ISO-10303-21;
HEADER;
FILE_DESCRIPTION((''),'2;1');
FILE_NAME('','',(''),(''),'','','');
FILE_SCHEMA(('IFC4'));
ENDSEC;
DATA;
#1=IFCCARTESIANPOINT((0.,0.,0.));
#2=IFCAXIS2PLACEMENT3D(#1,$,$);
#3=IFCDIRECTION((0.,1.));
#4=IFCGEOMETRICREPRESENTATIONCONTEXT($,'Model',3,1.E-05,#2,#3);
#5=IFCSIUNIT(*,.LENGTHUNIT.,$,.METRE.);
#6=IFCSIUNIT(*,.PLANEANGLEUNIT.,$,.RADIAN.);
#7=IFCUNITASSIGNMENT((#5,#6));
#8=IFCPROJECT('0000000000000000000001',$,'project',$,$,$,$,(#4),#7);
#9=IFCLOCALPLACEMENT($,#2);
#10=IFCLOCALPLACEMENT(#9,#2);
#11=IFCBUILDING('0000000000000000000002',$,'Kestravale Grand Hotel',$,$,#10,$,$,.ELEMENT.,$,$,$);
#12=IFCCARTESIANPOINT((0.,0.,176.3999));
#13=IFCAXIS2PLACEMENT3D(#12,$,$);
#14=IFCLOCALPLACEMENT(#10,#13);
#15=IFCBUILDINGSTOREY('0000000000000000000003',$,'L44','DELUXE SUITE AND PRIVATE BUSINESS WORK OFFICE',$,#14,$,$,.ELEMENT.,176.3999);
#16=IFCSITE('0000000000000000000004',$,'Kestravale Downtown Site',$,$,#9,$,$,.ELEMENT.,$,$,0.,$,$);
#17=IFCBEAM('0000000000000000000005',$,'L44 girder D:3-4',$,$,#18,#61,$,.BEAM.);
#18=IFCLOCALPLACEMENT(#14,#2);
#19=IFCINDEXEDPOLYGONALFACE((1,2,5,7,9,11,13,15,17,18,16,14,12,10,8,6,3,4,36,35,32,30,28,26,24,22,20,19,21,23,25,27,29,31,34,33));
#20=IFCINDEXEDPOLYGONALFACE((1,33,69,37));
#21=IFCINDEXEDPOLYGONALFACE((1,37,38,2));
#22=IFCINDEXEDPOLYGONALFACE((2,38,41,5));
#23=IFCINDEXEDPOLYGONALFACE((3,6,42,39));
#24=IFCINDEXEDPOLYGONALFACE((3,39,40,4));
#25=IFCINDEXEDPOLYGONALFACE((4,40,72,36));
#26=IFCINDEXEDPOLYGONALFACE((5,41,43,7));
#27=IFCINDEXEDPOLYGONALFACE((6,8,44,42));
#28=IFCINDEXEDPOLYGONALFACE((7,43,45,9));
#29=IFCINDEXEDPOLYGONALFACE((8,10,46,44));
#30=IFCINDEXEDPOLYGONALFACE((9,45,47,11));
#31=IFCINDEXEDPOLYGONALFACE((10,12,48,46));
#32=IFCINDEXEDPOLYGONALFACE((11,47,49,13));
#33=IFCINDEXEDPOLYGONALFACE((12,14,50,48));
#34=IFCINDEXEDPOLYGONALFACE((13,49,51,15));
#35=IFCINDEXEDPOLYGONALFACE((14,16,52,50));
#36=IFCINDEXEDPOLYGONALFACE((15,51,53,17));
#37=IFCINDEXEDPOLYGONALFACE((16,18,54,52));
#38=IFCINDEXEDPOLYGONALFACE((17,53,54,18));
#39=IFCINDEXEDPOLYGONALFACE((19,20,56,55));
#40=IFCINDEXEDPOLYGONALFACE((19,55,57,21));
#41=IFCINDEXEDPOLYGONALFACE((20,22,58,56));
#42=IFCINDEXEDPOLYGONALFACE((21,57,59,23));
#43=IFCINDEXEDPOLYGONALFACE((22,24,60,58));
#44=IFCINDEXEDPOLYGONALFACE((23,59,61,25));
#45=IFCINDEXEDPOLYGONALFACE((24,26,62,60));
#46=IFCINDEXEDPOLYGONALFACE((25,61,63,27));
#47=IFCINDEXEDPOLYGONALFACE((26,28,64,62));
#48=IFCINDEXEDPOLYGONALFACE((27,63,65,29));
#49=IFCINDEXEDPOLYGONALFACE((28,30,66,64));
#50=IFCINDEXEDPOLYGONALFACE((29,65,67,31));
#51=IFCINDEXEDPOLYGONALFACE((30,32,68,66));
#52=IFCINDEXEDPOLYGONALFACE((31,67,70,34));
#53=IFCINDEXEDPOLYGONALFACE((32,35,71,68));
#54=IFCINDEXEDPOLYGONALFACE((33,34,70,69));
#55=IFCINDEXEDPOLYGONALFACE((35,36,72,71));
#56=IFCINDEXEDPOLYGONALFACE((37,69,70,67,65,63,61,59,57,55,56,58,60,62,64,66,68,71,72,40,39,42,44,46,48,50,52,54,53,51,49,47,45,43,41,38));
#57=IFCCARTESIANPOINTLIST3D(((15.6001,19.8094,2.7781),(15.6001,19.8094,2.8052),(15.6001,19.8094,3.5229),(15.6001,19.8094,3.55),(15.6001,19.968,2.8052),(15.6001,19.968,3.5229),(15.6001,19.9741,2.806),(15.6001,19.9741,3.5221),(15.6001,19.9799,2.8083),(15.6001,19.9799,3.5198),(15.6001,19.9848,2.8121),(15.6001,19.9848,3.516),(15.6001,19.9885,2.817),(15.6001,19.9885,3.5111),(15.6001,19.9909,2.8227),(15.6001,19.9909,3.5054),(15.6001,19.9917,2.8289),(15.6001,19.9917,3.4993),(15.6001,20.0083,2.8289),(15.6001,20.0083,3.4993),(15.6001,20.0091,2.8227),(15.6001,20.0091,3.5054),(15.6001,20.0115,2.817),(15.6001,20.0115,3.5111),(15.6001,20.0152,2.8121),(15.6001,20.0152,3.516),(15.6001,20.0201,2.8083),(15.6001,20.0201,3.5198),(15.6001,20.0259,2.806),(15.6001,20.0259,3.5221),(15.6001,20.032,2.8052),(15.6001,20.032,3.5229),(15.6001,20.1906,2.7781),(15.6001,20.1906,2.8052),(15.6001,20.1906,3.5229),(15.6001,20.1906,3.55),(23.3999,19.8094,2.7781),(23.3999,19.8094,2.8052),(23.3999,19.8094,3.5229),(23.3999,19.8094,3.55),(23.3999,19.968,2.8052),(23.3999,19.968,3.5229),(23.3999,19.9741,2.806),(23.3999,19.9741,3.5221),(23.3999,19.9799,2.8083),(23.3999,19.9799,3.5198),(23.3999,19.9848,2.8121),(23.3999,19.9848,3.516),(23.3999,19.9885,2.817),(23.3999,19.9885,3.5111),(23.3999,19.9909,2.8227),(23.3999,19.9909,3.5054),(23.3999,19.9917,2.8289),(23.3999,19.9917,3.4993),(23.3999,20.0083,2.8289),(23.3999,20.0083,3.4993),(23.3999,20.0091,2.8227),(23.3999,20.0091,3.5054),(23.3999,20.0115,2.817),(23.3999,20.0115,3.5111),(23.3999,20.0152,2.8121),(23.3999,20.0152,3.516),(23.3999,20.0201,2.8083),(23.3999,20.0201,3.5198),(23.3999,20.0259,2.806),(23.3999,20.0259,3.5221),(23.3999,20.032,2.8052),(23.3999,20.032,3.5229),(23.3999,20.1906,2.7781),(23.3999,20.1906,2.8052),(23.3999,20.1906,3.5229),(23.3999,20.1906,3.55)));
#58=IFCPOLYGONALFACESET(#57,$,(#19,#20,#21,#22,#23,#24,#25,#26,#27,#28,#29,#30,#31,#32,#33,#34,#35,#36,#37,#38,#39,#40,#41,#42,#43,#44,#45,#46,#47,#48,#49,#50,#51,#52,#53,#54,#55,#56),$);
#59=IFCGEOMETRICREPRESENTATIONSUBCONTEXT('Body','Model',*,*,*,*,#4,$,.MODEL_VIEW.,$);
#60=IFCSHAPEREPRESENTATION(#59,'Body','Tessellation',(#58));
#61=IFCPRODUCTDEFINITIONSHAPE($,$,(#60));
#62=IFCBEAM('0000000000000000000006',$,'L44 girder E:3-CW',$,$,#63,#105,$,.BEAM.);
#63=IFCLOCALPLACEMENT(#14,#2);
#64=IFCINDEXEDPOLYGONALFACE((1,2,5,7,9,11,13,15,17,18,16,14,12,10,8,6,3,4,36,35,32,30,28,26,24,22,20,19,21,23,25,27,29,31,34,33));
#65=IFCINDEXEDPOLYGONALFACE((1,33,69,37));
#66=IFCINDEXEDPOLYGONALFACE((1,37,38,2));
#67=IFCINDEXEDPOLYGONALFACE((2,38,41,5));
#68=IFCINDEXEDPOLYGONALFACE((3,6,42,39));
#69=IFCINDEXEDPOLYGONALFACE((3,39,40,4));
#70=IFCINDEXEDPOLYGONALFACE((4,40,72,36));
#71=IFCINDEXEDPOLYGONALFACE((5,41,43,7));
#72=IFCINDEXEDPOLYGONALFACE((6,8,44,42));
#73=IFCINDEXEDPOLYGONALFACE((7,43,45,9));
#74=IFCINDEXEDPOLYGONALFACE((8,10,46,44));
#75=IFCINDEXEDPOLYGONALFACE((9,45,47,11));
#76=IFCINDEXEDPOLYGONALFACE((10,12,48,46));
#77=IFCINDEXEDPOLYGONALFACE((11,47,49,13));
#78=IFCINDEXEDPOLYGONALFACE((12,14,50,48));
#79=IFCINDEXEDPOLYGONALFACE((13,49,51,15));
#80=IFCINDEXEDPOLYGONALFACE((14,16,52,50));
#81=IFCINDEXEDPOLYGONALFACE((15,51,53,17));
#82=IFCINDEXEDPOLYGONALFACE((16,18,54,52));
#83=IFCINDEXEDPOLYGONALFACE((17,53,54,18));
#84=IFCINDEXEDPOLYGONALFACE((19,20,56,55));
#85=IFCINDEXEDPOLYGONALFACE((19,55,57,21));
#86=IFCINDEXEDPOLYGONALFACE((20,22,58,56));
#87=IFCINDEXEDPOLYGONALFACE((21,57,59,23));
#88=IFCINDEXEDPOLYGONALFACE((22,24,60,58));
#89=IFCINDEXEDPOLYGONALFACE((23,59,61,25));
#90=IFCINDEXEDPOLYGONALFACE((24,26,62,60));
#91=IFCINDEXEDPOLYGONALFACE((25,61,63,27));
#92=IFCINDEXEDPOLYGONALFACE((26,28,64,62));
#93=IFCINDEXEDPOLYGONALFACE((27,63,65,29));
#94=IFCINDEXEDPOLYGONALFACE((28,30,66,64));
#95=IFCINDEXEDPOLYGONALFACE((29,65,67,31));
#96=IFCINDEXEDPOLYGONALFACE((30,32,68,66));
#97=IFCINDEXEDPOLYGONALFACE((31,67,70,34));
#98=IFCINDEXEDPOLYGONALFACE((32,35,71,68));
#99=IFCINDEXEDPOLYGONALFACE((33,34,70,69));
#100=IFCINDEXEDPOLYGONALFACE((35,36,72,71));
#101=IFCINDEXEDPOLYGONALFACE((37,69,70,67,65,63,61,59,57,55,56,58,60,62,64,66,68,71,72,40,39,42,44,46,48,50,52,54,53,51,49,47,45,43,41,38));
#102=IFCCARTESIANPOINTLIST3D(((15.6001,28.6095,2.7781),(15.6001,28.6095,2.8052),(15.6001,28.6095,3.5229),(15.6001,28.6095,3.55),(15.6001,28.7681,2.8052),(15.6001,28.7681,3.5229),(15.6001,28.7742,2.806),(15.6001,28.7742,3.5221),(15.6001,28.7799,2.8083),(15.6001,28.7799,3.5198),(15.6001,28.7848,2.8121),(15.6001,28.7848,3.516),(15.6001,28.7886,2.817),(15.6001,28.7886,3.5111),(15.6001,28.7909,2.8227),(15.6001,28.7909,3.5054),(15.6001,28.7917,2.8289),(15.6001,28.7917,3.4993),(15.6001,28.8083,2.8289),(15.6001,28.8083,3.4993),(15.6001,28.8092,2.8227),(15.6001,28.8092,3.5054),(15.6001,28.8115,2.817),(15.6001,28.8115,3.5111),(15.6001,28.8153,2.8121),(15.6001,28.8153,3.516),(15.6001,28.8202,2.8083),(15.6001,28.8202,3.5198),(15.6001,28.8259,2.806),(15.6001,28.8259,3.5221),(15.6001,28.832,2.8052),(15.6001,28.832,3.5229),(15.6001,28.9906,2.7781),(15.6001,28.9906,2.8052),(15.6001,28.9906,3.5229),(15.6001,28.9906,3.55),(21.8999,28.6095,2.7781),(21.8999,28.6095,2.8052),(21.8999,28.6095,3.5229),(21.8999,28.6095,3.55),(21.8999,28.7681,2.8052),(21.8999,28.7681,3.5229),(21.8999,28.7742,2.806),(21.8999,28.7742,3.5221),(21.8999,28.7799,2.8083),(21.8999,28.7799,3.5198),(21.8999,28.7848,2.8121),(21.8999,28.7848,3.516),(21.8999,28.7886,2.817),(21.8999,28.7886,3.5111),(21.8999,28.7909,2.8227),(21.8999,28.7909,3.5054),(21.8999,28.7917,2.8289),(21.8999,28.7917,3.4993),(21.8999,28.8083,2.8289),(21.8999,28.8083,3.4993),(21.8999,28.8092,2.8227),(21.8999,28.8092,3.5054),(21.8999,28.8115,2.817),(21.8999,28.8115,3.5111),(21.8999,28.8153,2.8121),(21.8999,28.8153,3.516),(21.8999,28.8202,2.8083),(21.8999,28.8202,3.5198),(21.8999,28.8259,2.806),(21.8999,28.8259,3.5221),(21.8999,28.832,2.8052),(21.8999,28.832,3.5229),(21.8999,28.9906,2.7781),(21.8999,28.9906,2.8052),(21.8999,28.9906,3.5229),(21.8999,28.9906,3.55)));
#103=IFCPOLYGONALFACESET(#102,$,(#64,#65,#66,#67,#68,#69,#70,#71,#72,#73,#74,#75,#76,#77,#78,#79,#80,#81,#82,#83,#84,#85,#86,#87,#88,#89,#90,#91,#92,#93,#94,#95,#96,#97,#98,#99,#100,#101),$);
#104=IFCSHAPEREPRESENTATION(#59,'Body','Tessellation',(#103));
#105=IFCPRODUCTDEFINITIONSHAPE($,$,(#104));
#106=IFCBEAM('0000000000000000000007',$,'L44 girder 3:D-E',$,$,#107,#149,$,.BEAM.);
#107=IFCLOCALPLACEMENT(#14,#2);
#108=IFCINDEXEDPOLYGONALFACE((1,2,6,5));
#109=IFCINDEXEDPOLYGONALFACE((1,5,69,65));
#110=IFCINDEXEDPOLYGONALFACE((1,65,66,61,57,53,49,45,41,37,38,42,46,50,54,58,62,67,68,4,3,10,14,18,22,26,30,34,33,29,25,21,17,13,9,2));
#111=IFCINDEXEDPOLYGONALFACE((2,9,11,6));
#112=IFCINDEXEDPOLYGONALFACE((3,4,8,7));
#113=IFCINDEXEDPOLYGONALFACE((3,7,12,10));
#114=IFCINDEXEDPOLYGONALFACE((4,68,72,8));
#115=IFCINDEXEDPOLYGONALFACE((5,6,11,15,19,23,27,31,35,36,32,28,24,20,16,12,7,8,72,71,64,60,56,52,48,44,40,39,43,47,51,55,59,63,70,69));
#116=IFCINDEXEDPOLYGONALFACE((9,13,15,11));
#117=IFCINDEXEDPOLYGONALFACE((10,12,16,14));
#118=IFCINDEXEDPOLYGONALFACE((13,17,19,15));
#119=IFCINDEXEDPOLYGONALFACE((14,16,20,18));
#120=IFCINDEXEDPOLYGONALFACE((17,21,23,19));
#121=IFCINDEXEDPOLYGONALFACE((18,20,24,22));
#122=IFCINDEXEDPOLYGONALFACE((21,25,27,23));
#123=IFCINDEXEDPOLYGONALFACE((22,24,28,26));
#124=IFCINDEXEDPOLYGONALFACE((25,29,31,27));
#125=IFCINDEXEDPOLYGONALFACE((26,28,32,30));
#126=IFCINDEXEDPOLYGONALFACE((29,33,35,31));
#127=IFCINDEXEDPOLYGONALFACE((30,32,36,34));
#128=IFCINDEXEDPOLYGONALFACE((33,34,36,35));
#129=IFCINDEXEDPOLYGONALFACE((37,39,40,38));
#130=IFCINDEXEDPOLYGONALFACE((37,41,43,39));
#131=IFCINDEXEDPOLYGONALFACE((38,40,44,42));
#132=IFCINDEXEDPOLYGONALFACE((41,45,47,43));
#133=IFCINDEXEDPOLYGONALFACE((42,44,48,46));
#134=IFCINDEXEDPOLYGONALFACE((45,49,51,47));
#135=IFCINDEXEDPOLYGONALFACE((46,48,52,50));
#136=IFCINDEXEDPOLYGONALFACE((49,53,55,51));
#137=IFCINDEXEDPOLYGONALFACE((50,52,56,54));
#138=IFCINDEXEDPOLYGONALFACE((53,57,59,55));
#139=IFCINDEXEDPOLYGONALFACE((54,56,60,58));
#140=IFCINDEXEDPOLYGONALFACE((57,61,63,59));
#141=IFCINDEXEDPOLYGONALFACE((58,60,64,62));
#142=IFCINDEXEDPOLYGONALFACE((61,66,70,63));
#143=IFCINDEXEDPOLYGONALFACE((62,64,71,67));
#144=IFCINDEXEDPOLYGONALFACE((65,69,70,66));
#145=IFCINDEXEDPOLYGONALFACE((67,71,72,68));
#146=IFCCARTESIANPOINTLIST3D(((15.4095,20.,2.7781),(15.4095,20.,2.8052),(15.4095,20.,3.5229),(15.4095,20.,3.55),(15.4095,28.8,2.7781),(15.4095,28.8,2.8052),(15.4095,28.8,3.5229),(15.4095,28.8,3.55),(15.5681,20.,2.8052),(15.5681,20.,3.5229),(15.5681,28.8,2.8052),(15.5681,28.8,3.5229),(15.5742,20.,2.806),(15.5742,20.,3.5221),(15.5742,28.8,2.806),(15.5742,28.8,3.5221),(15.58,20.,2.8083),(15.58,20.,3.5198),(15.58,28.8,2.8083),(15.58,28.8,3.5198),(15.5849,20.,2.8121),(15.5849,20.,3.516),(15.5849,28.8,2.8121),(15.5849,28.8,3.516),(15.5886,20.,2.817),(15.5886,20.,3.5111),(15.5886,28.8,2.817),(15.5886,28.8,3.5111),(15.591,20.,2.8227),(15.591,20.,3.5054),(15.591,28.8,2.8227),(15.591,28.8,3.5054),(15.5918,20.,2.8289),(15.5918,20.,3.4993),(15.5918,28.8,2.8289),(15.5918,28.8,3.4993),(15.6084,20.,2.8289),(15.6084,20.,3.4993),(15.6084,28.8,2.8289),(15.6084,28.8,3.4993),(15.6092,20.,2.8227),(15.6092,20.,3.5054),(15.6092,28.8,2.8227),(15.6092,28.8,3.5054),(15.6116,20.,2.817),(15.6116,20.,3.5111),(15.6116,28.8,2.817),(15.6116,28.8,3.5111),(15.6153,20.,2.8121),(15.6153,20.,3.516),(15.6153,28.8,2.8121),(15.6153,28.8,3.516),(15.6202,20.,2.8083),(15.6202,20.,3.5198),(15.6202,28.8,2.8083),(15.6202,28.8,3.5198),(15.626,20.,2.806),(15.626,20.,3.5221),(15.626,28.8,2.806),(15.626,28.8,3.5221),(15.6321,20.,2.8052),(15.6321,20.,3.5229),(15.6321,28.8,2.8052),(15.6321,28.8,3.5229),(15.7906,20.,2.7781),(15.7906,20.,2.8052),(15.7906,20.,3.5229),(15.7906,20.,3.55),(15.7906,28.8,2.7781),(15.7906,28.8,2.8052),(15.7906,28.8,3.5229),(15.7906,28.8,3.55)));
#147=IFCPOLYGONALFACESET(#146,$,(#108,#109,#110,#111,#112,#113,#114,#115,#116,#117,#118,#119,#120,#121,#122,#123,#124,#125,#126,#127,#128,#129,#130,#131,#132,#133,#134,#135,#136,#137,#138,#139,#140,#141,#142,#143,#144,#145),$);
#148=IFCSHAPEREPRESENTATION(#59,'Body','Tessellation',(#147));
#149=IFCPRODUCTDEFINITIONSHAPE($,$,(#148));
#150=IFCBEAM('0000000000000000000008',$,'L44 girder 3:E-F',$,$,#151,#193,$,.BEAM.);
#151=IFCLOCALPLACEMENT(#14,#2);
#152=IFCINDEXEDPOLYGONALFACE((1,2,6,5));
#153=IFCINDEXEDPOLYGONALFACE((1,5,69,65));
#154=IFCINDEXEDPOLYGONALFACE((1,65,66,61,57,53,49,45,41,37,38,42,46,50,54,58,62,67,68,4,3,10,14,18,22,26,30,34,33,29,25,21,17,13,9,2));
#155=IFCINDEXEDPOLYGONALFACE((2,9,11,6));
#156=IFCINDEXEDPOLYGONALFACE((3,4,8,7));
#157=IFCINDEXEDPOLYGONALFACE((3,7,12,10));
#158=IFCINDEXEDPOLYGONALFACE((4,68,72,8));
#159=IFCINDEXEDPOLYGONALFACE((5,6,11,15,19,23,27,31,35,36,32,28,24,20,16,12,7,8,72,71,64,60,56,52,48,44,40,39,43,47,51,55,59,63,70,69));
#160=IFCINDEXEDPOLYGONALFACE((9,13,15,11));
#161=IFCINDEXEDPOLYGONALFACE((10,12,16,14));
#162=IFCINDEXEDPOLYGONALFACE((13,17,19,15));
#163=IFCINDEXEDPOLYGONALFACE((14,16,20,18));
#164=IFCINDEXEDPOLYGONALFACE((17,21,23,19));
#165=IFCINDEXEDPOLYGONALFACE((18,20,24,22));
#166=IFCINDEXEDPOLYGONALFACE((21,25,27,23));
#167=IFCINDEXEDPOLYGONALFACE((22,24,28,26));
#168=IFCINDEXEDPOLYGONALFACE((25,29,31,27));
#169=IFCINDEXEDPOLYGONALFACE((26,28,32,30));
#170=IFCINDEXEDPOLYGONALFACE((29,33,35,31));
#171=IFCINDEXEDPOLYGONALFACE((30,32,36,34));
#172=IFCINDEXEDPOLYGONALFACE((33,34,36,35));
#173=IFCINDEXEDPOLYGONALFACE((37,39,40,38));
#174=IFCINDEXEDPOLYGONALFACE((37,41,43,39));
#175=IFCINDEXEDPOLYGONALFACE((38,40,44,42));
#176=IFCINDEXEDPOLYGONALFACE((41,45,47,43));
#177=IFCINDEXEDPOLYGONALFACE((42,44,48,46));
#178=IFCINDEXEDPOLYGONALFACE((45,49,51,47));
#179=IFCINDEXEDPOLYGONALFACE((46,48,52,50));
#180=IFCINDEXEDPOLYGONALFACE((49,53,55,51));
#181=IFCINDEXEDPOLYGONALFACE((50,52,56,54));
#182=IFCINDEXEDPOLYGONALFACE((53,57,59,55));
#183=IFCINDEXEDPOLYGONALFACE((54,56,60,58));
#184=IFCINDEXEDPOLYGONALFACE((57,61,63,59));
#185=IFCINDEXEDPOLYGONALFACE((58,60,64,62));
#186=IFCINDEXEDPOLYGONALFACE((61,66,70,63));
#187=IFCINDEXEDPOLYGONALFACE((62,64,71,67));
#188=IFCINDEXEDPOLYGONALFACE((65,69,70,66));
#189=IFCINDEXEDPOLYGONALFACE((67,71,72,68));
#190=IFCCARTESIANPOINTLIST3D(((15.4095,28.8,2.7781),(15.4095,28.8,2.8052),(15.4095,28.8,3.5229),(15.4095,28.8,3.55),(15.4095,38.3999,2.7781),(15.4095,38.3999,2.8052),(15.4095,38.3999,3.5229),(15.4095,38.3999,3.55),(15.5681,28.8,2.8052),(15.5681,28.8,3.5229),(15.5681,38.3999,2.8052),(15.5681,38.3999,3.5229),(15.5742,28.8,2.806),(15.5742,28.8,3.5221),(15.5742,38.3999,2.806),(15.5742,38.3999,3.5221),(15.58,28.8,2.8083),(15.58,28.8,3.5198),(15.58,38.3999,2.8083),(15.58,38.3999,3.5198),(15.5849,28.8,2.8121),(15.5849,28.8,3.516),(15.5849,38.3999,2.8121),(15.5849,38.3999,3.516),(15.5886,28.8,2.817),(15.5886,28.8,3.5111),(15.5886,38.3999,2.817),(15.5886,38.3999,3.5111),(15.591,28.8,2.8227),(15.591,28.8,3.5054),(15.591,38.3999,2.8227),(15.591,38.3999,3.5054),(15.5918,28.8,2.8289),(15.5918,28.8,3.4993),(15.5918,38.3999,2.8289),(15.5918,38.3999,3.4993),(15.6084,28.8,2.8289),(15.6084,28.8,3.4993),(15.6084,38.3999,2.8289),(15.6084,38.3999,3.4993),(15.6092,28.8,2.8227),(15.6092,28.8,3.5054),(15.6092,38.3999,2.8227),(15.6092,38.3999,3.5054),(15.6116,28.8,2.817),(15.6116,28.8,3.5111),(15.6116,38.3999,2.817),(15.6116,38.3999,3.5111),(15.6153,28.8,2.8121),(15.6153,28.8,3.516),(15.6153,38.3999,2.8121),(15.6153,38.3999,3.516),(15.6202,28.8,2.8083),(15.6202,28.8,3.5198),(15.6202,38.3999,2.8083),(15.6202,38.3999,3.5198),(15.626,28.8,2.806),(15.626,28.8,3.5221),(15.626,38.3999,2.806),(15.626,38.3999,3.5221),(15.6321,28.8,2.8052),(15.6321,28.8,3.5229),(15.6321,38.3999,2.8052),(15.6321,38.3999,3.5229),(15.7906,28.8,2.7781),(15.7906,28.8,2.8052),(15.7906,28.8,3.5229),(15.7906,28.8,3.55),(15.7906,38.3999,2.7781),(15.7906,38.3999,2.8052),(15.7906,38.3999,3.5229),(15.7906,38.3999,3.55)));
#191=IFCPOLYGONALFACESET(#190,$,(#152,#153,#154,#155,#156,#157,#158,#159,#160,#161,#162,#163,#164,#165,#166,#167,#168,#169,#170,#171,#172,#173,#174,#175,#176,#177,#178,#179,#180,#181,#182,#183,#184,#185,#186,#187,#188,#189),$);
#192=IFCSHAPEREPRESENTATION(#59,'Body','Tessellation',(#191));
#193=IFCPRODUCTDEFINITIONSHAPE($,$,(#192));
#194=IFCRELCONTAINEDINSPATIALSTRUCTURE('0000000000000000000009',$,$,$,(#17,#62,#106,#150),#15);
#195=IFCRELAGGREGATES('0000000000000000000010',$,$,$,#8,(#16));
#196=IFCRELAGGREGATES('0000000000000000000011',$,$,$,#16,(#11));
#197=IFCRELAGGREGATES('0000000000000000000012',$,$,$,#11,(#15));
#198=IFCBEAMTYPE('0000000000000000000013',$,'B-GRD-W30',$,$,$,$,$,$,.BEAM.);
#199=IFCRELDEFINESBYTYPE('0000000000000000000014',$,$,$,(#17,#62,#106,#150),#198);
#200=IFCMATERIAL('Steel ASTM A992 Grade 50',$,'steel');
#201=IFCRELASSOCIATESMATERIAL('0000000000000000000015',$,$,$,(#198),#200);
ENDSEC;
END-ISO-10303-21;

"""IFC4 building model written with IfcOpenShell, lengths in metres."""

from ifc_helpers import new_model, si_unit, direction, frame, origin, origin_2d, place, context, subcontext, project, spatial, i_section, extrude, material, material_profile, profile_set, type_object, element, save


model = new_model("IFC4")

# Units and contexts
model_context = context("Model", 3, precision=1e-05, world=origin(), true_north=direction((0.0, 1.0)))
body_context = subcontext(model_context, "Body", "Model", "MODEL_VIEW")
ifc_project = project(units=[si_unit("LENGTHUNIT", "METRE"), si_unit("PLANEANGLEUNIT", "RADIAN")], contexts=[model_context])

# Site, building, storey
site_placement = place(None, origin())
site = spatial("IfcSite", under=ifc_project, at=site_placement, Name="Kestravale Downtown Site", CompositionType="ELEMENT", RefElevation=0.0)
building_placement = place(site_placement, origin())
building = spatial("IfcBuilding", under=site, at=building_placement, Name="Kestravale Grand Hotel", CompositionType="ELEMENT")
storey_placement = place(building_placement, frame((0.0, 0.0, 176.3999)))
storey = spatial("IfcBuildingStorey", under=building, at=storey_placement, Name="L44", Description="DELUXE SUITE AND PRIVATE BUSINESS WORK OFFICE", CompositionType="ELEMENT", Elevation=176.3999)

# Beams
ifc_material_1 = material(Name="Steel ASTM A992 Grade 50", Category="steel")
ifc_material_profile_1 = material_profile(ifc_material_1, i_section(OverallWidth=0.3811, OverallDepth=0.772, WebThickness=0.0166, FlangeThickness=0.0271, FilletRadius=0.0237, at=origin_2d()))
ifc_profile_set_1 = profile_set([ifc_material_profile_1], Name="Steel ASTM A992 Grade 50")
beam_type_1 = type_object("IfcBeamType", Name="B-GRD-W30", PredefinedType="BEAM", material=ifc_profile_set_1)
beam_1_placement = place(storey_placement, frame((15.6001, 20.0, 3.1641), z_axis=(1.0, 0.0, 0.0), x_axis=(0.0, 1.0, 0.0)))
element("IfcBeam", 1, at=beam_1_placement, inside=storey, type_object=beam_type_1, Name="L44 girder D:3-4", PredefinedType="BEAM", context=body_context, shape_type="SweptSolid", body=[
    extrude(i_section(OverallWidth=0.3811, OverallDepth=0.772, WebThickness=0.0166, FlangeThickness=0.0271, FilletRadius=0.0237, at=origin_2d()), origin(), (0.0, 0.0, 1.0), 7.7998),
])
beam_2_placement = place(storey_placement, frame((15.6001, 28.8, 3.1641), z_axis=(1.0, 0.0, 0.0), x_axis=(0.0, 1.0, 0.0)))
element("IfcBeam", 2, at=beam_2_placement, inside=storey, type_object=beam_type_1, Name="L44 girder E:3-CW", PredefinedType="BEAM", context=body_context, shape_type="SweptSolid", body=[
    extrude(i_section(OverallWidth=0.3811, OverallDepth=0.772, WebThickness=0.0166, FlangeThickness=0.0271, FilletRadius=0.0237, at=origin_2d()), origin(), (0.0, 0.0, 1.0), 6.2998),
])
beam_3_placement = place(storey_placement, frame((15.6001, 20.0, 3.1641), z_axis=(0.0, 1.0, 0.0), x_axis=(-1.0, 0.0, 0.0)))
element("IfcBeam", 3, at=beam_3_placement, inside=storey, type_object=beam_type_1, Name="L44 girder 3:D-E", PredefinedType="BEAM", context=body_context, shape_type="SweptSolid", body=[
    extrude(i_section(OverallWidth=0.3811, OverallDepth=0.772, WebThickness=0.0166, FlangeThickness=0.0271, FilletRadius=0.0237, at=origin_2d()), origin(), (0.0, 0.0, 1.0), 8.8),
])
beam_4_placement = place(storey_placement, frame((15.6001, 28.8, 3.1641), z_axis=(0.0, 1.0, 0.0), x_axis=(-1.0, 0.0, 0.0)))
element("IfcBeam", 4, at=beam_4_placement, inside=storey, type_object=beam_type_1, Name="L44 girder 3:E-F", PredefinedType="BEAM", context=body_context, shape_type="SweptSolid", body=[
    extrude(i_section(OverallWidth=0.3811, OverallDepth=0.772, WebThickness=0.0166, FlangeThickness=0.0271, FilletRadius=0.0237, at=origin_2d()), origin(), (0.0, 0.0, 1.0), 9.5999),
])

save(model, "model.ifc")
